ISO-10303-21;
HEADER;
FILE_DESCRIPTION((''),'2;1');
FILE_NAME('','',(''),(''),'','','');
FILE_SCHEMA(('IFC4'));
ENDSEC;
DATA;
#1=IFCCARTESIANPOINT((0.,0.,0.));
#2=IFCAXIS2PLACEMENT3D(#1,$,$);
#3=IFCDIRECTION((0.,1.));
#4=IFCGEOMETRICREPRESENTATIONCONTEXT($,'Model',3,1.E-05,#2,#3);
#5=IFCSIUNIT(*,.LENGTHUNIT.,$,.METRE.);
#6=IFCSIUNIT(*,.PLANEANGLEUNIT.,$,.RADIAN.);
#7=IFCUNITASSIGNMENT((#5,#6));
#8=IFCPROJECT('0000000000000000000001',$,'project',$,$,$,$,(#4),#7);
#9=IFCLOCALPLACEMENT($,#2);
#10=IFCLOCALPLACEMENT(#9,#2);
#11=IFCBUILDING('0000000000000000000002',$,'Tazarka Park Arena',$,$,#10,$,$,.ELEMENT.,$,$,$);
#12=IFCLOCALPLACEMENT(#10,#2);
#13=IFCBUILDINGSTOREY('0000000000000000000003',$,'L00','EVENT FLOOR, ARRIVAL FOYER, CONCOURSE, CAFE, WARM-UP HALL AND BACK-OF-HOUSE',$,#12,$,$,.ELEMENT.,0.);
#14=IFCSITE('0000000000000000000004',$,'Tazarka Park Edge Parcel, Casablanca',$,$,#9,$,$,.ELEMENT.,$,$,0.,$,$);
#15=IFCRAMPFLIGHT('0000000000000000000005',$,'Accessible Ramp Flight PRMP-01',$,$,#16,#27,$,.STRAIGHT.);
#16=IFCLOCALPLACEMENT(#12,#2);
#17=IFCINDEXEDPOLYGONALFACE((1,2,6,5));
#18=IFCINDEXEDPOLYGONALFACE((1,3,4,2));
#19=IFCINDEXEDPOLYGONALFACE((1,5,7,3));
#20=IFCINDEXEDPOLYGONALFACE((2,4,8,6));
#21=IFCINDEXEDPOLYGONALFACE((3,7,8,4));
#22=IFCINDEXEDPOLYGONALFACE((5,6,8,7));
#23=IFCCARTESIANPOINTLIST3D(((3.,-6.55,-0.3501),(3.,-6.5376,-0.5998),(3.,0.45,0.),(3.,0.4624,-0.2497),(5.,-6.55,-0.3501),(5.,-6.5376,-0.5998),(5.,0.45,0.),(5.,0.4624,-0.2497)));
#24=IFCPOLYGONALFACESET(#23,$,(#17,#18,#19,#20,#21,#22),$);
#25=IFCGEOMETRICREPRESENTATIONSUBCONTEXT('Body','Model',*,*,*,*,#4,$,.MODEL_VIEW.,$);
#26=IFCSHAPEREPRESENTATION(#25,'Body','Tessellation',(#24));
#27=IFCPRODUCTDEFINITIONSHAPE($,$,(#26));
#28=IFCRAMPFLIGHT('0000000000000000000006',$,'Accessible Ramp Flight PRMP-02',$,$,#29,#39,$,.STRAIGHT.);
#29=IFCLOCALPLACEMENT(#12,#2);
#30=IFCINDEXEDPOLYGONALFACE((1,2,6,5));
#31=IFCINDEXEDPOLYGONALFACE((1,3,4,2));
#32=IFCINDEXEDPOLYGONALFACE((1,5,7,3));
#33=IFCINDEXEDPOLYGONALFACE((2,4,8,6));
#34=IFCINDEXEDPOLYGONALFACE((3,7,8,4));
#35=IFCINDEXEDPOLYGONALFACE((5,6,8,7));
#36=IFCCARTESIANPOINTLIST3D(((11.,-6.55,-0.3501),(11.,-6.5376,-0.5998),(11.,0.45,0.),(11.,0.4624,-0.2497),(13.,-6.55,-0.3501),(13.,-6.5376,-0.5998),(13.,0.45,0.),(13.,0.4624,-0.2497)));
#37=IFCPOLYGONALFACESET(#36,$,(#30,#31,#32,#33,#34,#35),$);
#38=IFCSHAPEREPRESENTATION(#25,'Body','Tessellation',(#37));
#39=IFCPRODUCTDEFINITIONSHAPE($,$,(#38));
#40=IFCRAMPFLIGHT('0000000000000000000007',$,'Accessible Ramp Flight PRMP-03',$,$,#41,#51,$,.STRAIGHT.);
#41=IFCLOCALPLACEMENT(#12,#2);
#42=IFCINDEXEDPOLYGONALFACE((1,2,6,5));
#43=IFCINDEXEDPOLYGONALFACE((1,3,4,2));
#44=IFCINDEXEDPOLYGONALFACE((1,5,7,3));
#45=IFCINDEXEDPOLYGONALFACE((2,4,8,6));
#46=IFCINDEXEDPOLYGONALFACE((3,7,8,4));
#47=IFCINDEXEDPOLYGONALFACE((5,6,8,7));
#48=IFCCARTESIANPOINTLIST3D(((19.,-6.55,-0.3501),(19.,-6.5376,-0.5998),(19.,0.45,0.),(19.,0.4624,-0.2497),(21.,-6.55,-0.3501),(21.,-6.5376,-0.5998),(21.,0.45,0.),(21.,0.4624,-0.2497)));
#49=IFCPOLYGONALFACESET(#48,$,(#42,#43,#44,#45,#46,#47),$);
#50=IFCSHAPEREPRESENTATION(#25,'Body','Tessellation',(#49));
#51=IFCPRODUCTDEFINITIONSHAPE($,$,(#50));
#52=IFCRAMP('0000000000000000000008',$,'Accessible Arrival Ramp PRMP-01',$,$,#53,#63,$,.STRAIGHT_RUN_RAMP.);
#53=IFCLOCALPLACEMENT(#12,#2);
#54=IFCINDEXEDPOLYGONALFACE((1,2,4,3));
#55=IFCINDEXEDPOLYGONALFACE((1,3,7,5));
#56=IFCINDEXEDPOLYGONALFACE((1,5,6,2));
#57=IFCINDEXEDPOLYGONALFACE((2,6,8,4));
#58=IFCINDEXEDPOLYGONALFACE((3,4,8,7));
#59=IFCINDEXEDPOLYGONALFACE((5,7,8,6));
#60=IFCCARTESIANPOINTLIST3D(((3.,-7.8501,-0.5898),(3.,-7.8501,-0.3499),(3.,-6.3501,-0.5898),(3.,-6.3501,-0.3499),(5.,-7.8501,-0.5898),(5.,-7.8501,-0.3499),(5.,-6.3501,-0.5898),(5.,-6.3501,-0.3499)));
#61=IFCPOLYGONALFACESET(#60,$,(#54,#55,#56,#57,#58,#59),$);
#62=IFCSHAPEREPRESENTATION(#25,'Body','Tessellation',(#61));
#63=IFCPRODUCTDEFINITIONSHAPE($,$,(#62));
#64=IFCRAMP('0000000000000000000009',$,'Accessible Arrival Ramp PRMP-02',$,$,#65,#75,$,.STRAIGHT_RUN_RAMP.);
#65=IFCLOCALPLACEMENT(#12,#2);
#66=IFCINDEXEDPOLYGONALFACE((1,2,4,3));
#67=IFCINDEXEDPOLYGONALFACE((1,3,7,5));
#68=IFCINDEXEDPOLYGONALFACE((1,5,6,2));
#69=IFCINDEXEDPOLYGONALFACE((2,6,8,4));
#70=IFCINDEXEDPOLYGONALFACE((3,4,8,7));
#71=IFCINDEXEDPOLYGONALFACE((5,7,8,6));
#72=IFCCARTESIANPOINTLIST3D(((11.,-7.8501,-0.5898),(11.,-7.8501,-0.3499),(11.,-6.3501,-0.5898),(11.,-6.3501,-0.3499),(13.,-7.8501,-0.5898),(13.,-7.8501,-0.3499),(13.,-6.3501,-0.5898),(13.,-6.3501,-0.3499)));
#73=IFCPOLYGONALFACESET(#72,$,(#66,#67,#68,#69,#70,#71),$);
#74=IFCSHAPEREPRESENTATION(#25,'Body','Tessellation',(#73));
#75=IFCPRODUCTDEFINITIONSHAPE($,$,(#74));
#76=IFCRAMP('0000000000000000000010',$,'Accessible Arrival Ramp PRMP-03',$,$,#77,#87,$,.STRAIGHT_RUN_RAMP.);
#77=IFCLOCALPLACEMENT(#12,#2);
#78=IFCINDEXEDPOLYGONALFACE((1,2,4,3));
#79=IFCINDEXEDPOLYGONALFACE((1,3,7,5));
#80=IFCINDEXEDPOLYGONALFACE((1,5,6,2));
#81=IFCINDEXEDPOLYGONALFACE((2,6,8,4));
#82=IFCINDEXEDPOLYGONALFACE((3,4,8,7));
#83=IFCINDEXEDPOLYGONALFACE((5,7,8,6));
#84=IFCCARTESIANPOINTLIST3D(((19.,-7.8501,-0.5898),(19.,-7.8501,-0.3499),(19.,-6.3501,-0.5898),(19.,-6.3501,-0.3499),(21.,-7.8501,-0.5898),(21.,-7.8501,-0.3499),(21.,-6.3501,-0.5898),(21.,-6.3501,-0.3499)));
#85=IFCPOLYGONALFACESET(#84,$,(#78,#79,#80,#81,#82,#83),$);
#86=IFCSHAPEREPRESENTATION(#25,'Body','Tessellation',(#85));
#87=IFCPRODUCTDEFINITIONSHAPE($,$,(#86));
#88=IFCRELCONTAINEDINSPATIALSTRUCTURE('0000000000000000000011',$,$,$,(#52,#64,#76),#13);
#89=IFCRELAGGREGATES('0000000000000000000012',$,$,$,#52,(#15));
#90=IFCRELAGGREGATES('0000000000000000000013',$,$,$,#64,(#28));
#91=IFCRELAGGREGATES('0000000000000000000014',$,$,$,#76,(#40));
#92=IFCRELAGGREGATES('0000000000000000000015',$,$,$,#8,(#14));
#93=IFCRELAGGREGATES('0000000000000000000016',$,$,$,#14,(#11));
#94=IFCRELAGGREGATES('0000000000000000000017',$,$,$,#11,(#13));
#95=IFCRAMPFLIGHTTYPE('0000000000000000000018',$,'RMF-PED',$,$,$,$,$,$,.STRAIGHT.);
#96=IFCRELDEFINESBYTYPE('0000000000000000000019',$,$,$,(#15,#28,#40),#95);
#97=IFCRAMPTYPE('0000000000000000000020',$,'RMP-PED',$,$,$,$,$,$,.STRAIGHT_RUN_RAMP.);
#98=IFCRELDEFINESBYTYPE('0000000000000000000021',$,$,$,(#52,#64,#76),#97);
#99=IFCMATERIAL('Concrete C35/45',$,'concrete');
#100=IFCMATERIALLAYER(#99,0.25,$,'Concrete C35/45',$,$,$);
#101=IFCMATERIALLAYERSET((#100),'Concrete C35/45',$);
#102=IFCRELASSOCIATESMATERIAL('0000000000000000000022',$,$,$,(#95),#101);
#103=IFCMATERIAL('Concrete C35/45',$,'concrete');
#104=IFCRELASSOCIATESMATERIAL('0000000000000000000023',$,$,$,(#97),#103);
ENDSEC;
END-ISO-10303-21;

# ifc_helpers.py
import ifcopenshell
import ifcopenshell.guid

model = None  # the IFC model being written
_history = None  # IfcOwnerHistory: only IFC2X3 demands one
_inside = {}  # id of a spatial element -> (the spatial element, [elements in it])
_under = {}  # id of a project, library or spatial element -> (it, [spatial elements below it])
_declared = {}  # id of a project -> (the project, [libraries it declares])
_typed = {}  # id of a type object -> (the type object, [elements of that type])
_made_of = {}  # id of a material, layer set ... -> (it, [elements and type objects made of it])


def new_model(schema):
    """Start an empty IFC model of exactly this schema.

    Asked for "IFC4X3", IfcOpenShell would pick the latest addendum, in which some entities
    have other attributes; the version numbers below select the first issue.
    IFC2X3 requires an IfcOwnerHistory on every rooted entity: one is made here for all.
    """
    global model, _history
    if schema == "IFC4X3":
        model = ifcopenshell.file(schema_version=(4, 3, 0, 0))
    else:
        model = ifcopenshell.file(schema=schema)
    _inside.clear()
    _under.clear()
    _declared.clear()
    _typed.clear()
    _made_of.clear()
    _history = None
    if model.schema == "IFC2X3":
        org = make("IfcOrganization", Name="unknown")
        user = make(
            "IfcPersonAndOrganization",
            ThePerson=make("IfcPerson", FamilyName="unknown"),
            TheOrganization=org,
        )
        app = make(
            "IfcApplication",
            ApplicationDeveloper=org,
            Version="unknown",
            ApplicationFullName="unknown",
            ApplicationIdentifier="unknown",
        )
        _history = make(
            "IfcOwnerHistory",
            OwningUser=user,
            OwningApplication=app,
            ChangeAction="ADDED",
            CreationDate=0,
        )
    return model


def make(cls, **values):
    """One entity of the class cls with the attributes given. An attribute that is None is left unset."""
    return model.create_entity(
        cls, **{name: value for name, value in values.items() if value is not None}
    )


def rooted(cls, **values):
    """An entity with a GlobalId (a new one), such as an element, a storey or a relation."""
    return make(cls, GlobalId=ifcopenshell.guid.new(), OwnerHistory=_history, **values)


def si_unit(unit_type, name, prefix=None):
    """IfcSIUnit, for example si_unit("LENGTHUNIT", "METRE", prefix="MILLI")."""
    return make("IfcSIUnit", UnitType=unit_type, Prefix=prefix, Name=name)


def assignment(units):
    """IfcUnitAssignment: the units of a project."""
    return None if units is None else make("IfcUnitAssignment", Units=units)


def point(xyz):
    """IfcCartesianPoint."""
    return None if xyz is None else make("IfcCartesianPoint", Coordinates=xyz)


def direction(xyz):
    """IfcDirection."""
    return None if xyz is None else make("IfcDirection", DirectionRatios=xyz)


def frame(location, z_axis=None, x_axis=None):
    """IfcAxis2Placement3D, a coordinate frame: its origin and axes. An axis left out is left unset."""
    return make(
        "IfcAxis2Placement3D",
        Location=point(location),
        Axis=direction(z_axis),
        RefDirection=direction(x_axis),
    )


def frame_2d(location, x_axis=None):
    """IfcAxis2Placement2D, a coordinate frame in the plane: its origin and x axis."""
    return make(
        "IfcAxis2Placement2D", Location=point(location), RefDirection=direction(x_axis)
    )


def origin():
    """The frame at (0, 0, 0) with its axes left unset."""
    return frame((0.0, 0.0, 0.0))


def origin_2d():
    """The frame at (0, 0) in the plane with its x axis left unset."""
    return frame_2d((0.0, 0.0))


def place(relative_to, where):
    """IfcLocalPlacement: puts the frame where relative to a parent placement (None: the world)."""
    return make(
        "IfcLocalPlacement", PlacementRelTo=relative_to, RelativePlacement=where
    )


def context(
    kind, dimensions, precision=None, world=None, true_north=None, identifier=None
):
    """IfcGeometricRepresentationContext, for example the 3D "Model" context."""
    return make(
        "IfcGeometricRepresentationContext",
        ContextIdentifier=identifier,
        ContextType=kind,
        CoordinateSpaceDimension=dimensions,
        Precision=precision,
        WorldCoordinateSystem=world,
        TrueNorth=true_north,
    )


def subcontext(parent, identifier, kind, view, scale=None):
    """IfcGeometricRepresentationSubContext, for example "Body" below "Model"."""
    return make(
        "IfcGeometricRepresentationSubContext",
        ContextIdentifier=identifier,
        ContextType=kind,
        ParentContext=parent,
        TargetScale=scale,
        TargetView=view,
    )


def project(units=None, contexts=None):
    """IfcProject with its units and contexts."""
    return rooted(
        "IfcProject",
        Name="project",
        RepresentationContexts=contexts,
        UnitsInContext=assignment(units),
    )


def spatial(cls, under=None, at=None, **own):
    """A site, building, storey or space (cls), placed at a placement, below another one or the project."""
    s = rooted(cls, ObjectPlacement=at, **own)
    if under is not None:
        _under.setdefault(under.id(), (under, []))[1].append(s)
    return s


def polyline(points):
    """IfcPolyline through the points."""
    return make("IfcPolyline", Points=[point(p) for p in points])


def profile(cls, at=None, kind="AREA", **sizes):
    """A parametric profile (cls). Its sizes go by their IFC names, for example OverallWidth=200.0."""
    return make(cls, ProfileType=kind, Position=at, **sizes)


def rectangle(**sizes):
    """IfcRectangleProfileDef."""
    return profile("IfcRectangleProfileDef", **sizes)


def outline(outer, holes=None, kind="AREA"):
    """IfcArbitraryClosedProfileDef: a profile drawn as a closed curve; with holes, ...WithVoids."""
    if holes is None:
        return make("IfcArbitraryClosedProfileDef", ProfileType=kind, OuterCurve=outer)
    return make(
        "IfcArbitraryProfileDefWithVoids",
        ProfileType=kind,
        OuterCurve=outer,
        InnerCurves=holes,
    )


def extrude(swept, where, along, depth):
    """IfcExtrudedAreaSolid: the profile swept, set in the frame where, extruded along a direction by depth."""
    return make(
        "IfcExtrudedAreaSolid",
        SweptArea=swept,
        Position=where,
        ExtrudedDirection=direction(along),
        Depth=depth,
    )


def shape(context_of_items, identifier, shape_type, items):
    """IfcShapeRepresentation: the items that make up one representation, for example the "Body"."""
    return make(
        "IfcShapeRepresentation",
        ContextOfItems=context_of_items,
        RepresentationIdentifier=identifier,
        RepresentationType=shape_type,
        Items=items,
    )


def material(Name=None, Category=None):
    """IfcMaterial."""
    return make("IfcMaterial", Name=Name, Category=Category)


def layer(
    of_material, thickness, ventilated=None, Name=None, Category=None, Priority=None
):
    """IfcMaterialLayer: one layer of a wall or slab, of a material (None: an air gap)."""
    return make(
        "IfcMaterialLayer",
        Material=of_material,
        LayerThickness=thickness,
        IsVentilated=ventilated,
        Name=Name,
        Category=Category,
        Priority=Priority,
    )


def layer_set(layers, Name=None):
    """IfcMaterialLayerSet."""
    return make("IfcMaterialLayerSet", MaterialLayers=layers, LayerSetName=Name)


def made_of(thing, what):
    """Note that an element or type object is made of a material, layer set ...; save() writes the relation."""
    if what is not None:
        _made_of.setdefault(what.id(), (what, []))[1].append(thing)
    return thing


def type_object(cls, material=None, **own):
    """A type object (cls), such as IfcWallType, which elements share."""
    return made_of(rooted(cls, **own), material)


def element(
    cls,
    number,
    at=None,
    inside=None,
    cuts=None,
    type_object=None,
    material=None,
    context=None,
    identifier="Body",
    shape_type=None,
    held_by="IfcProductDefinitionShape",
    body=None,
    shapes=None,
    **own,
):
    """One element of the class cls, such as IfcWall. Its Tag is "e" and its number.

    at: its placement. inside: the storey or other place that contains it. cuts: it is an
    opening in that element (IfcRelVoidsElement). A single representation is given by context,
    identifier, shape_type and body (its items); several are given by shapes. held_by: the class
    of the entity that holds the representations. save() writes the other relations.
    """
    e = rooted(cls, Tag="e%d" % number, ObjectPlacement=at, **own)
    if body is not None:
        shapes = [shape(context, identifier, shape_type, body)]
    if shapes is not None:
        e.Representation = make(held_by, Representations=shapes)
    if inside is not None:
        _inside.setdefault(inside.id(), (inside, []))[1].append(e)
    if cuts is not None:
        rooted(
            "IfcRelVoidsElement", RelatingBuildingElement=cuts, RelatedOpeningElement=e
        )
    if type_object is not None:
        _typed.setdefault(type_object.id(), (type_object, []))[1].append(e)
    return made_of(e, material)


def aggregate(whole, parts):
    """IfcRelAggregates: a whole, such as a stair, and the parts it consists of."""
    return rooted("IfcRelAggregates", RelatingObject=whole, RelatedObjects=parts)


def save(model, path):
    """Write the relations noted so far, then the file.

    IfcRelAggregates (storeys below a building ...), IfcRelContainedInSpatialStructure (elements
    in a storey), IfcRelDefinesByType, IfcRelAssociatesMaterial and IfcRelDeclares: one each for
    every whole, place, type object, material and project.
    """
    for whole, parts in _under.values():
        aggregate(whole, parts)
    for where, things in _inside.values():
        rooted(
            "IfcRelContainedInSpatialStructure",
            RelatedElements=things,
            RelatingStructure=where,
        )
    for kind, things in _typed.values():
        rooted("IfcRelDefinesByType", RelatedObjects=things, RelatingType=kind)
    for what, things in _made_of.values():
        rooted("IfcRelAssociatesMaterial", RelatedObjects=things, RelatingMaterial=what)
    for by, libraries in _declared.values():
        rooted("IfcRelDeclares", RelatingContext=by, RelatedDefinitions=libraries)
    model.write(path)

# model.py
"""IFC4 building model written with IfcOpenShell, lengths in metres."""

from ifc_helpers import new_model, si_unit, direction, frame, origin, origin_2d, place, context, subcontext, project, spatial, polyline, rectangle, outline, extrude, material, layer, layer_set, type_object, element, aggregate, save


model = new_model("IFC4")

# Units and contexts
model_context = context("Model", 3, precision=1e-05, world=origin(), true_north=direction((0.0, 1.0)))
body_context = subcontext(model_context, "Body", "Model", "MODEL_VIEW")
ifc_project = project(units=[si_unit("LENGTHUNIT", "METRE"), si_unit("PLANEANGLEUNIT", "RADIAN")], contexts=[model_context])

# Site, building, storey
site_placement = place(None, origin())
site = spatial("IfcSite", under=ifc_project, at=site_placement, Name="Tazarka Park Edge Parcel, Casablanca", CompositionType="ELEMENT", RefElevation=0.0)
building_placement = place(site_placement, origin())
building = spatial("IfcBuilding", under=site, at=building_placement, Name="Tazarka Park Arena", CompositionType="ELEMENT")
storey_placement = place(building_placement, origin())
storey = spatial("IfcBuildingStorey", under=building, at=storey_placement, Name="L00", Description="EVENT FLOOR, ARRIVAL FOYER, CONCOURSE, CAFE, WARM-UP HALL AND BACK-OF-HOUSE", CompositionType="ELEMENT", Elevation=0.0)

# Ramp flights
ifc_material_1 = material(Name="Concrete C35/45", Category="concrete")
ifc_layer_1 = layer(ifc_material_1, 0.25, Name="Concrete C35/45")
ifc_layer_set_1 = layer_set([ifc_layer_1], Name="Concrete C35/45")
ramp_flight_type = type_object("IfcRampFlightType", Name="RMF-PED", PredefinedType="STRAIGHT", material=ifc_layer_set_1)
ramp_flight_1_placement = place(storey_placement, frame((3.0, -6.55, -0.3501), z_axis=(0.0, -0.049952, 0.998752), x_axis=(1.0, 0.0, 0.0)))
ramp_flight_1 = element("IfcRampFlight", 1, at=ramp_flight_1_placement, type_object=ramp_flight_type, Name="Accessible Ramp Flight PRMP-01", PredefinedType="STRAIGHT", context=body_context, shape_type="SweptSolid", body=[
    extrude(outline(polyline([(0.0, 0.0), (2.0, 0.0), (2.0, 7.0087), (0.0, 7.0087), (0.0, 0.0)])), origin(), (0.0, 0.0, -1.0), 0.25),
])
ramp_flight_2_placement = place(storey_placement, frame((11.0, -6.55, -0.3501), z_axis=(0.0, -0.049952, 0.998752), x_axis=(1.0, 0.0, 0.0)))
ramp_flight_2 = element("IfcRampFlight", 2, at=ramp_flight_2_placement, type_object=ramp_flight_type, Name="Accessible Ramp Flight PRMP-02", PredefinedType="STRAIGHT", context=body_context, shape_type="SweptSolid", body=[
    extrude(outline(polyline([(0.0, 0.0), (2.0, 0.0), (2.0, 7.0087), (0.0, 7.0087), (0.0, 0.0)])), origin(), (0.0, 0.0, -1.0), 0.25),
])
ramp_flight_3_placement = place(storey_placement, frame((19.0, -6.55, -0.3501), z_axis=(0.0, -0.049952, 0.998752), x_axis=(1.0, 0.0, 0.0)))
ramp_flight_3 = element("IfcRampFlight", 3, at=ramp_flight_3_placement, type_object=ramp_flight_type, Name="Accessible Ramp Flight PRMP-03", PredefinedType="STRAIGHT", context=body_context, shape_type="SweptSolid", body=[
    extrude(outline(polyline([(0.0, 0.0), (2.0, 0.0), (2.0, 7.0087), (0.0, 7.0087), (0.0, 0.0)])), origin(), (0.0, 0.0, -1.0), 0.25),
])

# Ramps
ifc_material_2 = material(Name="Concrete C35/45", Category="concrete")
ramp_type = type_object("IfcRampType", Name="RMP-PED", PredefinedType="STRAIGHT_RUN_RAMP", material=ifc_material_2)
ramp_1_placement = place(storey_placement, frame((4.0, -7.1001, -0.5898), z_axis=(0.0, 0.0, 1.0), x_axis=(1.0, 0.0, 0.0)))
ramp_1 = element("IfcRamp", 4, at=ramp_1_placement, inside=storey, type_object=ramp_type, Name="Accessible Arrival Ramp PRMP-01", PredefinedType="STRAIGHT_RUN_RAMP", context=body_context, shape_type="SweptSolid", body=[
    extrude(rectangle(XDim=2.0, YDim=1.5, at=origin_2d()), origin(), (0.0, 0.0, 1.0), 0.24),
])
aggregate(ramp_1, [ramp_flight_1])
ramp_2_placement = place(storey_placement, frame((12.0, -7.1001, -0.5898), z_axis=(0.0, 0.0, 1.0), x_axis=(1.0, 0.0, 0.0)))
ramp_2 = element("IfcRamp", 5, at=ramp_2_placement, inside=storey, type_object=ramp_type, Name="Accessible Arrival Ramp PRMP-02", PredefinedType="STRAIGHT_RUN_RAMP", context=body_context, shape_type="SweptSolid", body=[
    extrude(rectangle(XDim=2.0, YDim=1.5, at=origin_2d()), origin(), (0.0, 0.0, 1.0), 0.24),
])
aggregate(ramp_2, [ramp_flight_2])
ramp_3_placement = place(storey_placement, frame((20.0, -7.1001, -0.5898), z_axis=(0.0, 0.0, 1.0), x_axis=(1.0, 0.0, 0.0)))
ramp_3 = element("IfcRamp", 6, at=ramp_3_placement, inside=storey, type_object=ramp_type, Name="Accessible Arrival Ramp PRMP-03", PredefinedType="STRAIGHT_RUN_RAMP", context=body_context, shape_type="SweptSolid", body=[
    extrude(rectangle(XDim=2.0, YDim=1.5, at=origin_2d()), origin(), (0.0, 0.0, 1.0), 0.24),
])
aggregate(ramp_3, [ramp_flight_3])

save(model, "model.ifc")
